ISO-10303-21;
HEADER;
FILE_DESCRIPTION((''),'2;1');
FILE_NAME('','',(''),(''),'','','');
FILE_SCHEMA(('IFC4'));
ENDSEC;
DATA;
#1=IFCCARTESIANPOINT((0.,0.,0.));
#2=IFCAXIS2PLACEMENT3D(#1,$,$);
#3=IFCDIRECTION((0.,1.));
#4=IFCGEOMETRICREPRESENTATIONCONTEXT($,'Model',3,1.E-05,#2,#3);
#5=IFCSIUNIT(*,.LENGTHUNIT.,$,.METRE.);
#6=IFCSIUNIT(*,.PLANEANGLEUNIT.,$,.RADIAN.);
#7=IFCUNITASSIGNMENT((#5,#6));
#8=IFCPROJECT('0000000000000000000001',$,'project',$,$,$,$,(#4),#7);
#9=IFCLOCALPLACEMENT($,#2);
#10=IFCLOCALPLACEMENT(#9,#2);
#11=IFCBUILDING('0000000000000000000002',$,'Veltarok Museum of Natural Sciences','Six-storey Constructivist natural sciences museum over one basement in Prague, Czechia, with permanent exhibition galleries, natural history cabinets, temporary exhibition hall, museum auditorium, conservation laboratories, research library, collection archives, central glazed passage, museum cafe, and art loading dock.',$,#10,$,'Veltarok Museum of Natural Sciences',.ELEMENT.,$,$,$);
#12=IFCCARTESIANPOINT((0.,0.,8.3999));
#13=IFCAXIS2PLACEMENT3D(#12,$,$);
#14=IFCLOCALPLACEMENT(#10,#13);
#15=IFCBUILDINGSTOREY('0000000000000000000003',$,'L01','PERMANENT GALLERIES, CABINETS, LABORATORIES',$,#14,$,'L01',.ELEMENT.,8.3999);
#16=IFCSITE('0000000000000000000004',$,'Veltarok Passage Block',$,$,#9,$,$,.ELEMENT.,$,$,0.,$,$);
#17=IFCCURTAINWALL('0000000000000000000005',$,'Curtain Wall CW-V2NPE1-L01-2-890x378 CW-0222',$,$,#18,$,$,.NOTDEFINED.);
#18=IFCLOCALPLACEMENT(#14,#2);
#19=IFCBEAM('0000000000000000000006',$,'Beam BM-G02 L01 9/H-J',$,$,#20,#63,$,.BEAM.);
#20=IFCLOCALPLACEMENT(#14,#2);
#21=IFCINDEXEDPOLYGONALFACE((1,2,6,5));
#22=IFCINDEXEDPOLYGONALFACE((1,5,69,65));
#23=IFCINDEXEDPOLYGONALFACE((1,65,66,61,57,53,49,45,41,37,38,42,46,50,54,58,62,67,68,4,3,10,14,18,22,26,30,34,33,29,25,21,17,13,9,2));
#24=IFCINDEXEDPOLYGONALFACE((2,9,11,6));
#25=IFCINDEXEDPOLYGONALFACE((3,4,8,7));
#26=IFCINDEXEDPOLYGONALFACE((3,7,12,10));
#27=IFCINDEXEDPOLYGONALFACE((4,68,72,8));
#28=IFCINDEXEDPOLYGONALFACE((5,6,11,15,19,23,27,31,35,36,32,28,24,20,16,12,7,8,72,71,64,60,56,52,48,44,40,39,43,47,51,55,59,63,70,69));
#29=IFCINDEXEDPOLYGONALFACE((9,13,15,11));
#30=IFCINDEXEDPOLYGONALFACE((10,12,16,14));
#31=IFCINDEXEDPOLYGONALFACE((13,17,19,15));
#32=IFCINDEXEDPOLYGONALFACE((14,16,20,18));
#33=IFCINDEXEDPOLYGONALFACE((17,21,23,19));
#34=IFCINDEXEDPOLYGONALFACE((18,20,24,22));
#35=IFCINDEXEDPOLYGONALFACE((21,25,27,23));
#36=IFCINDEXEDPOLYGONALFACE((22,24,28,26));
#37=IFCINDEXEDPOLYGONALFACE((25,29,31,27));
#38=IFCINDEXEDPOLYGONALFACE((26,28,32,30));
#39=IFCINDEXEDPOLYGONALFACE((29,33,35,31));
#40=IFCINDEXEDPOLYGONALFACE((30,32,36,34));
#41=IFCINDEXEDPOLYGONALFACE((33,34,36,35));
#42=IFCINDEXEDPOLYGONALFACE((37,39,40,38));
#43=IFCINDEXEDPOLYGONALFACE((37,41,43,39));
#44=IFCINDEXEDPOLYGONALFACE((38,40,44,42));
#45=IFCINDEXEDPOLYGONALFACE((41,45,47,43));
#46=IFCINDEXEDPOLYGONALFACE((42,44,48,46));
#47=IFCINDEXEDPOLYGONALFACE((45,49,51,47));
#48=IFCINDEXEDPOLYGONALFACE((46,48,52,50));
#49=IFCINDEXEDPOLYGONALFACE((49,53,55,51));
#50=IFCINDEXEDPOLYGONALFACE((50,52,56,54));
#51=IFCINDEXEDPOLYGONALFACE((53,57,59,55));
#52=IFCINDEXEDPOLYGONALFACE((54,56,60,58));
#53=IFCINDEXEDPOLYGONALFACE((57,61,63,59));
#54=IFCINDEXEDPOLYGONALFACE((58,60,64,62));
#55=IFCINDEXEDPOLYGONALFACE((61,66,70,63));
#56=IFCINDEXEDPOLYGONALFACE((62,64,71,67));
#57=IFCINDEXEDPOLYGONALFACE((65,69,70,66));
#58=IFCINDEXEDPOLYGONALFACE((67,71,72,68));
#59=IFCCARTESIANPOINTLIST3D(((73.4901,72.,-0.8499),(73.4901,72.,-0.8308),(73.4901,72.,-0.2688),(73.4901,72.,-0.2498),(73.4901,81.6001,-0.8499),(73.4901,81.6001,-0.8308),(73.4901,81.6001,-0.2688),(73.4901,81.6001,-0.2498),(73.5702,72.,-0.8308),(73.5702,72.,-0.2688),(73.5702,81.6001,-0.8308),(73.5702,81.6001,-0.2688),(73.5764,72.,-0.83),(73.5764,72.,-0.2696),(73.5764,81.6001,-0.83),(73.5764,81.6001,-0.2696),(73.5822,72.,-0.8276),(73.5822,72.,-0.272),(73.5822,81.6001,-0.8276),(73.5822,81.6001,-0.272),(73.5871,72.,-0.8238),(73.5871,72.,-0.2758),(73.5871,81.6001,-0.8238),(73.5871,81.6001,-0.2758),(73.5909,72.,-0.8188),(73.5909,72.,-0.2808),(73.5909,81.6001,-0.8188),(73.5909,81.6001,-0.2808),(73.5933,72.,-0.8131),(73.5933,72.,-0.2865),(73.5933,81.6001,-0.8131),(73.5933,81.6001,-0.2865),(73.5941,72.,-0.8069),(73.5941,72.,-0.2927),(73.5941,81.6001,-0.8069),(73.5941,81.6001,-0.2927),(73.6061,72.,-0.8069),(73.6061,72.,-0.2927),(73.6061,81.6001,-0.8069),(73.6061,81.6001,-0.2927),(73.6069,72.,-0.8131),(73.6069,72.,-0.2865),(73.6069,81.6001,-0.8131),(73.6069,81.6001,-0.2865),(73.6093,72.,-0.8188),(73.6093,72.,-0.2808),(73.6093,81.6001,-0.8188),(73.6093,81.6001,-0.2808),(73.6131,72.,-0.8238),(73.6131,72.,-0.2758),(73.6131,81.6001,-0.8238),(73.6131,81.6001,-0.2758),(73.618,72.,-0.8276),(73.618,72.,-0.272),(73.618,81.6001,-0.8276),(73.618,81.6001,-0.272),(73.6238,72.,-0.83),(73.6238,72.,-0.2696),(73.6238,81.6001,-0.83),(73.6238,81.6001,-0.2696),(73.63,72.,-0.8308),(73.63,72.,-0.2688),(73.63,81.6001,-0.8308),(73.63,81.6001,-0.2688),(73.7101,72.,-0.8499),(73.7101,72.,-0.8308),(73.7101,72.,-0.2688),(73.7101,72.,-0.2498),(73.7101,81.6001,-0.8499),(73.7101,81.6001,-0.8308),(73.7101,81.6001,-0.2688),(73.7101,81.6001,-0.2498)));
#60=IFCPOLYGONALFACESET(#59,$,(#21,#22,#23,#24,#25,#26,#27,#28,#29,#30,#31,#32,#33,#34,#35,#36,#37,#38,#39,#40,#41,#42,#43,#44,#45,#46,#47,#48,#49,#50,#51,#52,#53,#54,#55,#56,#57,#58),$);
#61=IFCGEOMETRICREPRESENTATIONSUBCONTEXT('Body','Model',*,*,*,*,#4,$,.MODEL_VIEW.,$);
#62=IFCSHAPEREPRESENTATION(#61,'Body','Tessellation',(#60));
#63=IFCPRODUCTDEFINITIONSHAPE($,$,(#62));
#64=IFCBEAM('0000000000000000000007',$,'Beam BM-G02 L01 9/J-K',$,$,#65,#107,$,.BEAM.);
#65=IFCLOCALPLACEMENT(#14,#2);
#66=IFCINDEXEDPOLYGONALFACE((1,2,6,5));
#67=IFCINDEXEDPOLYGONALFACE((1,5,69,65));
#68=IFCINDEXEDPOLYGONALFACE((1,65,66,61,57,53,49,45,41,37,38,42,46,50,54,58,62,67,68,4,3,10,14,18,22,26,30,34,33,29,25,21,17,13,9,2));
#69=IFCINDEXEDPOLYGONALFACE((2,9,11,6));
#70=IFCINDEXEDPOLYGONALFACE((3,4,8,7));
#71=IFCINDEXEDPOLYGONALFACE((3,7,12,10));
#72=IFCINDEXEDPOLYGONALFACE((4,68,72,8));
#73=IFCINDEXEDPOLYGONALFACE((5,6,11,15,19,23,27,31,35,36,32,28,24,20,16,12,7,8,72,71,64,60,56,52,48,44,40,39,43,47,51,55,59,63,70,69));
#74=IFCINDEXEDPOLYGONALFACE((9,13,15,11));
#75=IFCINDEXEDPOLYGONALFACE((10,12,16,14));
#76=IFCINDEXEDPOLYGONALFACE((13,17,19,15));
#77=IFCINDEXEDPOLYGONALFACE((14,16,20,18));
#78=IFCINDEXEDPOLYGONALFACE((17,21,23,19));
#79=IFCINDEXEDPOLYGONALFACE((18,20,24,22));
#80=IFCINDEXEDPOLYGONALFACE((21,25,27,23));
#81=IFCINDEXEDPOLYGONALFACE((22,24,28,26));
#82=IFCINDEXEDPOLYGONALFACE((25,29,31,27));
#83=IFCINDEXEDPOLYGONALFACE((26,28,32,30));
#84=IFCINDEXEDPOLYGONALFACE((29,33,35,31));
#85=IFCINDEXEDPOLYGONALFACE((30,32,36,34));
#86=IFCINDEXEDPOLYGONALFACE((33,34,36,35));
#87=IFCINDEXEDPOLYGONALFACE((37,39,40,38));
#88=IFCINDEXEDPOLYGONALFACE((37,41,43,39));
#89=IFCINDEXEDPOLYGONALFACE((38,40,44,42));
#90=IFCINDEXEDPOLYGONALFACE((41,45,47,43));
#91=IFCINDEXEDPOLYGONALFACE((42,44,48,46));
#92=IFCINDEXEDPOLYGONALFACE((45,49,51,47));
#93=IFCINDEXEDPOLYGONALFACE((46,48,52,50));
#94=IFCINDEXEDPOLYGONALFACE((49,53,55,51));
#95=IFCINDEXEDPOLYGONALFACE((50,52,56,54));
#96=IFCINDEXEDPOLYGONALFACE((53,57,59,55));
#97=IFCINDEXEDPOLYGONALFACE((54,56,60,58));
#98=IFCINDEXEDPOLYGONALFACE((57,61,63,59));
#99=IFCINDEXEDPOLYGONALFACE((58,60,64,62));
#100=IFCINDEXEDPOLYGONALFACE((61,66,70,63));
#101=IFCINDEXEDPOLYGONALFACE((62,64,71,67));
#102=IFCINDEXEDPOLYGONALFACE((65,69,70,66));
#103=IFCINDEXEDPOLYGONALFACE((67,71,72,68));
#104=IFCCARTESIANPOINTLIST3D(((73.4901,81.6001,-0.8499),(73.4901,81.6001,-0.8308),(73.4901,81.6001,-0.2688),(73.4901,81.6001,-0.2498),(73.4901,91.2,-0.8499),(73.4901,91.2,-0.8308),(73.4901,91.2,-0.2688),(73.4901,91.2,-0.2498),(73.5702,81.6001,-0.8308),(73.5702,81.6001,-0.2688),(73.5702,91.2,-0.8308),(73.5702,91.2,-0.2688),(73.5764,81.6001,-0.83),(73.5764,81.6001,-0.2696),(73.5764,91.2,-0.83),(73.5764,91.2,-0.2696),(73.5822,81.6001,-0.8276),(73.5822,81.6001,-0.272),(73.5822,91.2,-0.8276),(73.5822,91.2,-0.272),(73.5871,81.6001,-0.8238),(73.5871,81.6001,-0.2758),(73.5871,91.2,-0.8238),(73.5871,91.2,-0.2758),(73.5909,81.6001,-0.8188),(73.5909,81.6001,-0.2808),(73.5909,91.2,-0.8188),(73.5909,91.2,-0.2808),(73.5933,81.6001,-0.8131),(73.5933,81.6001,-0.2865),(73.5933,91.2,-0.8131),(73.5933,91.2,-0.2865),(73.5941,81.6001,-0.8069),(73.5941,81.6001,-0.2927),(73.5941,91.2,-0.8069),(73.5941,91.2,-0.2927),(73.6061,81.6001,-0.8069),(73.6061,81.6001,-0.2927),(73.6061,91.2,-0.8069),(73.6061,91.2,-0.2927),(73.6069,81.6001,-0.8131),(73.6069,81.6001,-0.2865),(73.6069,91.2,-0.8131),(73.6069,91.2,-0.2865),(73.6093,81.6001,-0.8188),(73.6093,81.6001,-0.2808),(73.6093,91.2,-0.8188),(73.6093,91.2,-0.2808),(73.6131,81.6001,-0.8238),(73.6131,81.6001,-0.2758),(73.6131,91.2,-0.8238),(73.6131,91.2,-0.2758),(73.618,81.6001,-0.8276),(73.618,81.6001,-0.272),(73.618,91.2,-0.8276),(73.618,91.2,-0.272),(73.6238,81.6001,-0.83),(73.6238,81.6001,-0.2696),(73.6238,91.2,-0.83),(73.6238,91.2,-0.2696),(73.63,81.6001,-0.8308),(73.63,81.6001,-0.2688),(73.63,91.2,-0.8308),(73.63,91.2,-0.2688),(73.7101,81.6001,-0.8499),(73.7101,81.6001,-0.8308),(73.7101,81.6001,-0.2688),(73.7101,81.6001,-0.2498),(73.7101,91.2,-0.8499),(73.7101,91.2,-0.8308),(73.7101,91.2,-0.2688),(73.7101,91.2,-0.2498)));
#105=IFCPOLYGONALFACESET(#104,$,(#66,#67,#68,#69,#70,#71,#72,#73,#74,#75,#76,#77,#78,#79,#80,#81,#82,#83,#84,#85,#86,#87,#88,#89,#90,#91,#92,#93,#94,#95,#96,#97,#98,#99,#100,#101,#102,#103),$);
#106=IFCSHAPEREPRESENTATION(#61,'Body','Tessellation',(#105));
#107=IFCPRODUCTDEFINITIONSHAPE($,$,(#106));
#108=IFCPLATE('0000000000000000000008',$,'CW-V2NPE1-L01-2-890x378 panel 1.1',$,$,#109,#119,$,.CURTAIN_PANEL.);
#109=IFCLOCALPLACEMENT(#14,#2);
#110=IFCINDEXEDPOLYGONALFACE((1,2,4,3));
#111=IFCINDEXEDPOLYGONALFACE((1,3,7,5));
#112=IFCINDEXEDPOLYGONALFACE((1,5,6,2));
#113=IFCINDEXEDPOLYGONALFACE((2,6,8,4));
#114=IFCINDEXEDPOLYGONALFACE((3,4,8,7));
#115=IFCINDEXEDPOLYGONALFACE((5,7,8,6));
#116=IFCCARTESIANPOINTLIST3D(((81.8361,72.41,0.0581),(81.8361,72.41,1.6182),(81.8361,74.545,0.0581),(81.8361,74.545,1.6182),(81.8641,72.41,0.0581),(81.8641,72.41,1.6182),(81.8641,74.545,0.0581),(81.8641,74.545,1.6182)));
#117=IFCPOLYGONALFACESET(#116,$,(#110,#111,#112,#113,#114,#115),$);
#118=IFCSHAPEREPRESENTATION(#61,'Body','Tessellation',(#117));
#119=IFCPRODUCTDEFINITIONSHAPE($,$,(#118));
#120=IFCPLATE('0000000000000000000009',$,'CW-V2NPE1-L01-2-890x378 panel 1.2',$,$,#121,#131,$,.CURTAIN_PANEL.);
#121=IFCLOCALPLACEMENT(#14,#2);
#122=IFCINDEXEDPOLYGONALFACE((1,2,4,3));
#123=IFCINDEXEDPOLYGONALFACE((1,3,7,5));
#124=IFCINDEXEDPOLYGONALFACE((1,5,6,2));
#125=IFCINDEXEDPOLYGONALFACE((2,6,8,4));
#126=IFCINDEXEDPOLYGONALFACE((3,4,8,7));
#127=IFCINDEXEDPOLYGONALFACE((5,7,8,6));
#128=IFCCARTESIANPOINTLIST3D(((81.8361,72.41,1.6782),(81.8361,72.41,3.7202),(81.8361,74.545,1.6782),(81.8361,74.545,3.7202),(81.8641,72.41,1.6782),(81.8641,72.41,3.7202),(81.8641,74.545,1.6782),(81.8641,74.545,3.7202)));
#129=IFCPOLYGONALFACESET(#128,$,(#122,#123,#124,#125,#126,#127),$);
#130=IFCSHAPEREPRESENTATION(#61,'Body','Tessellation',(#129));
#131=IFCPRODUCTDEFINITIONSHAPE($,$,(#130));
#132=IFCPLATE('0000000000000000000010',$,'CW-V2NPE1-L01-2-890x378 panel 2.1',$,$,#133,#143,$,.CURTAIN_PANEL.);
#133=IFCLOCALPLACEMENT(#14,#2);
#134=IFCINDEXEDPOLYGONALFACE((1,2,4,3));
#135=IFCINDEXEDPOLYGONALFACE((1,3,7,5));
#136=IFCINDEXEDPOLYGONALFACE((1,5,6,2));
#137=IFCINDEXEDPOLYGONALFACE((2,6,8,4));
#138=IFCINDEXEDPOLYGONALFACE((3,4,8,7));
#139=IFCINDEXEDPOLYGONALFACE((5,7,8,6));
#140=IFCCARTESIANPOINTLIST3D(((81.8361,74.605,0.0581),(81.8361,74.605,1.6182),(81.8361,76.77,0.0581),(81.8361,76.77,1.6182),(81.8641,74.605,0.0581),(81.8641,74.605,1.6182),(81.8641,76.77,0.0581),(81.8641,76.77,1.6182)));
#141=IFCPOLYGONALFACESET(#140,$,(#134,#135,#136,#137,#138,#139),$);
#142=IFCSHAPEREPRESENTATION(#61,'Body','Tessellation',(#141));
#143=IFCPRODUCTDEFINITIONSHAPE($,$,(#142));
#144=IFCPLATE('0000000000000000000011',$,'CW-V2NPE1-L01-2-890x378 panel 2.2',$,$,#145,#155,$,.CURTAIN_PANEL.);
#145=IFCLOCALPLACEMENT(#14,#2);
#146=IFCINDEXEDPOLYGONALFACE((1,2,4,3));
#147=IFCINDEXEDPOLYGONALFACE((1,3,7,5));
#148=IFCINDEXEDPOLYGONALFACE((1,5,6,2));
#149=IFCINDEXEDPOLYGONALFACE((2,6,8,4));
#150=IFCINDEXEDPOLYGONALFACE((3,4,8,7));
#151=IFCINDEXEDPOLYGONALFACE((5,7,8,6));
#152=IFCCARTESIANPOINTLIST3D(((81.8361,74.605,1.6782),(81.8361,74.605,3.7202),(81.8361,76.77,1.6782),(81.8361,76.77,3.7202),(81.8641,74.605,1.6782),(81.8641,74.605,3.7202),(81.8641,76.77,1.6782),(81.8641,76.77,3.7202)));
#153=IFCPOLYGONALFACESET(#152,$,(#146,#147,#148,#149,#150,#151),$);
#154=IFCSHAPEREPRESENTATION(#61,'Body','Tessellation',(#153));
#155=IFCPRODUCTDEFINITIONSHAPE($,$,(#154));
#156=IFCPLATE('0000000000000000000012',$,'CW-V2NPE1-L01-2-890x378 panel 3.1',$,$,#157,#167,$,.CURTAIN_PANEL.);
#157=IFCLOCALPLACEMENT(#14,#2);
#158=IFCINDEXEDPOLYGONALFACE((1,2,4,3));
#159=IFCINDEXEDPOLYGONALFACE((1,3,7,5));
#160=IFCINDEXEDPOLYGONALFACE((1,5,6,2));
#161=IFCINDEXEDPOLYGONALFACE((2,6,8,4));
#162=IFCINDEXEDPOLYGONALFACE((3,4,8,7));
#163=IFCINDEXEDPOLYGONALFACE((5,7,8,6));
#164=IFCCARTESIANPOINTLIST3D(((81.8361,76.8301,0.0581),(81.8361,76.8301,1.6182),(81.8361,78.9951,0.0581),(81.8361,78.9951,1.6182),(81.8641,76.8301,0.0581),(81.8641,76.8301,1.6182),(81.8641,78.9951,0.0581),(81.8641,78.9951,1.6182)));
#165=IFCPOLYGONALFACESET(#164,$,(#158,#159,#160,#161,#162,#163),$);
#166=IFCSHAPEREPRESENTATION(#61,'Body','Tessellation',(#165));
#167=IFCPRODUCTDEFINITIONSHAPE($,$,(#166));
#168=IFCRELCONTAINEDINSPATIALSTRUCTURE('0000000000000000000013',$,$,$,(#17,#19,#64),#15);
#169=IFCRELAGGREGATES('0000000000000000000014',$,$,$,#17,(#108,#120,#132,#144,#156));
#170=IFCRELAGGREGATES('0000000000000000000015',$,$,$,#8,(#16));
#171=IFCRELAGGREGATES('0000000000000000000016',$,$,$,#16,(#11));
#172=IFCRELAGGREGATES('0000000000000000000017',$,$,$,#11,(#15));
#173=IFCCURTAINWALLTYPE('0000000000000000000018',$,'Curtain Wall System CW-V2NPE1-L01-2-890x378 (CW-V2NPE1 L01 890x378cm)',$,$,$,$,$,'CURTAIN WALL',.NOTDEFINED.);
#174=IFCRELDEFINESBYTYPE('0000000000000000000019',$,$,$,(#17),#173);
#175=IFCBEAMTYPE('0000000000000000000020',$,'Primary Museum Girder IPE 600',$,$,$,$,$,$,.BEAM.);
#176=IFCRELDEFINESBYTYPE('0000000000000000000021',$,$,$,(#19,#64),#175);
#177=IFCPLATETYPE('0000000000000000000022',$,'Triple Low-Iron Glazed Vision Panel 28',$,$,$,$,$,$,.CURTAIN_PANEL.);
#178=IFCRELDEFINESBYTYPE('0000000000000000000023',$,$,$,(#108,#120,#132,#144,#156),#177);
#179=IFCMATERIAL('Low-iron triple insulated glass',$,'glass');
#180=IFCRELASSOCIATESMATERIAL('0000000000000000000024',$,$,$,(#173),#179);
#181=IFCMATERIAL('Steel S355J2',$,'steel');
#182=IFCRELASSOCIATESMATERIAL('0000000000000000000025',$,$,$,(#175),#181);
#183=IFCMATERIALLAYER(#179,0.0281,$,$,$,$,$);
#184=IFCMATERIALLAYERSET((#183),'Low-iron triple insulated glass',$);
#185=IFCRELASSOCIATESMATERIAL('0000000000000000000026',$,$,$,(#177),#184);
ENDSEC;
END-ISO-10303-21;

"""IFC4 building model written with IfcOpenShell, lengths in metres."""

from ifc_helpers import new_model, si_unit, direction, frame, origin, origin_2d, place, context, subcontext, project, spatial, rectangle, i_section, extrude, material, layer, layer_set, material_profile, profile_set, type_object, element, aggregate, save


model = new_model("IFC4")

# Units and contexts
model_context = context("Model", 3, precision=1e-05, world=origin(), true_north=direction((0.0, 1.0)))
body_context = subcontext(model_context, "Body", "Model", "MODEL_VIEW")
ifc_project = project(units=[si_unit("LENGTHUNIT", "METRE"), si_unit("PLANEANGLEUNIT", "RADIAN")], contexts=[model_context])

# Site, building, storey
site_placement = place(None, origin())
site = spatial("IfcSite", under=ifc_project, at=site_placement, Name="Veltarok Passage Block", CompositionType="ELEMENT", RefElevation=0.0)
building_placement = place(site_placement, origin())
building = spatial("IfcBuilding", under=site, at=building_placement, Name="Veltarok Museum of Natural Sciences", Description="Six-storey Constructivist natural sciences museum over one basement in Prague, Czechia, with permanent exhibition galleries, natural history cabinets, temporary exhibition hall, museum auditorium, conservation laboratories, research library, collection archives, central glazed passage, museum cafe, and art loading dock.", LongName="Veltarok Museum of Natural Sciences", CompositionType="ELEMENT")
storey_placement = place(building_placement, frame((0.0, 0.0, 8.3999)))
storey = spatial("IfcBuildingStorey", under=building, at=storey_placement, Name="L01", Description="PERMANENT GALLERIES, CABINETS, LABORATORIES", LongName="L01", CompositionType="ELEMENT", Elevation=8.3999)

# Shared definitions
ifc_material_1 = material(Name="Steel S355J2", Category="steel")

# Curtain wall
ifc_material_2 = material(Name="Low-iron triple insulated glass", Category="glass")
curtain_wall_type = type_object("IfcCurtainWallType", Name="Curtain Wall System CW-V2NPE1-L01-2-890x378 (CW-V2NPE1 L01 890x378cm)", ElementType="CURTAIN WALL", PredefinedType="NOTDEFINED", material=ifc_material_2)
curtain_wall_placement = place(storey_placement, origin())
curtain_wall = element("IfcCurtainWall", 1, at=curtain_wall_placement, inside=storey, type_object=curtain_wall_type, Name="Curtain Wall CW-V2NPE1-L01-2-890x378 CW-0222", PredefinedType="NOTDEFINED")

# Beams
ifc_material_profile_1 = material_profile(ifc_material_1, i_section(OverallWidth=0.22, OverallDepth=0.6001, WebThickness=0.012, FlangeThickness=0.019, FilletRadius=0.0239, at=origin_2d()), Name="IPE 600")
ifc_profile_set_1 = profile_set([ifc_material_profile_1], Name="Steel S355J2")
beam_type_1 = type_object("IfcBeamType", Name="Primary Museum Girder IPE 600", PredefinedType="BEAM", material=ifc_profile_set_1)
beam_1_placement = place(storey_placement, frame((73.6001, 72.0, -0.5498), z_axis=(0.0, 1.0, 0.0), x_axis=(-1.0, 0.0, 0.0)))
element("IfcBeam", 2, at=beam_1_placement, inside=storey, type_object=beam_type_1, Name="Beam BM-G02 L01 9/H-J", PredefinedType="BEAM", context=body_context, shape_type="SweptSolid", body=[
    extrude(i_section(OverallWidth=0.22, OverallDepth=0.6001, WebThickness=0.012, FlangeThickness=0.019, FilletRadius=0.0239, at=origin_2d()), origin(), (0.0, 0.0, 1.0), 9.6001),
])
beam_2_placement = place(storey_placement, frame((73.6001, 81.6001, -0.5498), z_axis=(0.0, 1.0, 0.0), x_axis=(-1.0, 0.0, 0.0)))
element("IfcBeam", 3, at=beam_2_placement, inside=storey, type_object=beam_type_1, Name="Beam BM-G02 L01 9/J-K", PredefinedType="BEAM", context=body_context, shape_type="SweptSolid", body=[
    extrude(i_section(OverallWidth=0.22, OverallDepth=0.6001, WebThickness=0.012, FlangeThickness=0.019, FilletRadius=0.0239, at=origin_2d()), origin(), (0.0, 0.0, 1.0), 9.5999),
])

# Plates
ifc_layer_1 = layer(ifc_material_2, 0.0281)
ifc_layer_set_1 = layer_set([ifc_layer_1], Name="Low-iron triple insulated glass")
plate_type = type_object("IfcPlateType", Name="Triple Low-Iron Glazed Vision Panel 28", PredefinedType="CURTAIN_PANEL", material=ifc_layer_set_1)
plate_1_placement = place(storey_placement, frame((81.8501, 73.4775, 0.0581), z_axis=(0.0, 0.0, 1.0), x_axis=(0.0, 1.0, 0.0)))
plate_1 = element("IfcPlate", 4, at=plate_1_placement, type_object=plate_type, Name="CW-V2NPE1-L01-2-890x378 panel 1.1", PredefinedType="CURTAIN_PANEL", context=body_context, shape_type="SweptSolid", body=[
    extrude(rectangle(XDim=2.135, YDim=0.0281, at=origin_2d()), origin(), (0.0, 0.0, 1.0), 1.5601),
])
plate_2_placement = place(storey_placement, frame((81.8501, 73.4775, 1.6782), z_axis=(0.0, 0.0, 1.0), x_axis=(0.0, 1.0, 0.0)))
plate_2 = element("IfcPlate", 5, at=plate_2_placement, type_object=plate_type, Name="CW-V2NPE1-L01-2-890x378 panel 1.2", PredefinedType="CURTAIN_PANEL", context=body_context, shape_type="SweptSolid", body=[
    extrude(rectangle(XDim=2.135, YDim=0.0281, at=origin_2d()), origin(), (0.0, 0.0, 1.0), 2.042),
])
plate_3_placement = place(storey_placement, frame((81.8501, 75.6875, 0.0581), z_axis=(0.0, 0.0, 1.0), x_axis=(0.0, 1.0, 0.0)))
plate_3 = element("IfcPlate", 6, at=plate_3_placement, type_object=plate_type, Name="CW-V2NPE1-L01-2-890x378 panel 2.1", PredefinedType="CURTAIN_PANEL", context=body_context, shape_type="SweptSolid", body=[
    extrude(rectangle(XDim=2.165, YDim=0.0281, at=origin_2d()), origin(), (0.0, 0.0, 1.0), 1.5601),
])
plate_4_placement = place(storey_placement, frame((81.8501, 75.6875, 1.6782), z_axis=(0.0, 0.0, 1.0), x_axis=(0.0, 1.0, 0.0)))
plate_4 = element("IfcPlate", 7, at=plate_4_placement, type_object=plate_type, Name="CW-V2NPE1-L01-2-890x378 panel 2.2", PredefinedType="CURTAIN_PANEL", context=body_context, shape_type="SweptSolid", body=[
    extrude(rectangle(XDim=2.165, YDim=0.0281, at=origin_2d()), origin(), (0.0, 0.0, 1.0), 2.042),
])
plate_5_placement = place(storey_placement, frame((81.8501, 77.9126, 0.0581), z_axis=(0.0, 0.0, 1.0), x_axis=(0.0, 1.0, 0.0)))
plate_5 = element("IfcPlate", 8, at=plate_5_placement, type_object=plate_type, Name="CW-V2NPE1-L01-2-890x378 panel 3.1", PredefinedType="CURTAIN_PANEL", context=body_context, shape_type="SweptSolid", body=[
    extrude(rectangle(XDim=2.165, YDim=0.0281, at=origin_2d()), origin(), (0.0, 0.0, 1.0), 1.5601),
])
aggregate(curtain_wall, [plate_1, plate_2, plate_3, plate_4, plate_5])

save(model, "model.ifc")
